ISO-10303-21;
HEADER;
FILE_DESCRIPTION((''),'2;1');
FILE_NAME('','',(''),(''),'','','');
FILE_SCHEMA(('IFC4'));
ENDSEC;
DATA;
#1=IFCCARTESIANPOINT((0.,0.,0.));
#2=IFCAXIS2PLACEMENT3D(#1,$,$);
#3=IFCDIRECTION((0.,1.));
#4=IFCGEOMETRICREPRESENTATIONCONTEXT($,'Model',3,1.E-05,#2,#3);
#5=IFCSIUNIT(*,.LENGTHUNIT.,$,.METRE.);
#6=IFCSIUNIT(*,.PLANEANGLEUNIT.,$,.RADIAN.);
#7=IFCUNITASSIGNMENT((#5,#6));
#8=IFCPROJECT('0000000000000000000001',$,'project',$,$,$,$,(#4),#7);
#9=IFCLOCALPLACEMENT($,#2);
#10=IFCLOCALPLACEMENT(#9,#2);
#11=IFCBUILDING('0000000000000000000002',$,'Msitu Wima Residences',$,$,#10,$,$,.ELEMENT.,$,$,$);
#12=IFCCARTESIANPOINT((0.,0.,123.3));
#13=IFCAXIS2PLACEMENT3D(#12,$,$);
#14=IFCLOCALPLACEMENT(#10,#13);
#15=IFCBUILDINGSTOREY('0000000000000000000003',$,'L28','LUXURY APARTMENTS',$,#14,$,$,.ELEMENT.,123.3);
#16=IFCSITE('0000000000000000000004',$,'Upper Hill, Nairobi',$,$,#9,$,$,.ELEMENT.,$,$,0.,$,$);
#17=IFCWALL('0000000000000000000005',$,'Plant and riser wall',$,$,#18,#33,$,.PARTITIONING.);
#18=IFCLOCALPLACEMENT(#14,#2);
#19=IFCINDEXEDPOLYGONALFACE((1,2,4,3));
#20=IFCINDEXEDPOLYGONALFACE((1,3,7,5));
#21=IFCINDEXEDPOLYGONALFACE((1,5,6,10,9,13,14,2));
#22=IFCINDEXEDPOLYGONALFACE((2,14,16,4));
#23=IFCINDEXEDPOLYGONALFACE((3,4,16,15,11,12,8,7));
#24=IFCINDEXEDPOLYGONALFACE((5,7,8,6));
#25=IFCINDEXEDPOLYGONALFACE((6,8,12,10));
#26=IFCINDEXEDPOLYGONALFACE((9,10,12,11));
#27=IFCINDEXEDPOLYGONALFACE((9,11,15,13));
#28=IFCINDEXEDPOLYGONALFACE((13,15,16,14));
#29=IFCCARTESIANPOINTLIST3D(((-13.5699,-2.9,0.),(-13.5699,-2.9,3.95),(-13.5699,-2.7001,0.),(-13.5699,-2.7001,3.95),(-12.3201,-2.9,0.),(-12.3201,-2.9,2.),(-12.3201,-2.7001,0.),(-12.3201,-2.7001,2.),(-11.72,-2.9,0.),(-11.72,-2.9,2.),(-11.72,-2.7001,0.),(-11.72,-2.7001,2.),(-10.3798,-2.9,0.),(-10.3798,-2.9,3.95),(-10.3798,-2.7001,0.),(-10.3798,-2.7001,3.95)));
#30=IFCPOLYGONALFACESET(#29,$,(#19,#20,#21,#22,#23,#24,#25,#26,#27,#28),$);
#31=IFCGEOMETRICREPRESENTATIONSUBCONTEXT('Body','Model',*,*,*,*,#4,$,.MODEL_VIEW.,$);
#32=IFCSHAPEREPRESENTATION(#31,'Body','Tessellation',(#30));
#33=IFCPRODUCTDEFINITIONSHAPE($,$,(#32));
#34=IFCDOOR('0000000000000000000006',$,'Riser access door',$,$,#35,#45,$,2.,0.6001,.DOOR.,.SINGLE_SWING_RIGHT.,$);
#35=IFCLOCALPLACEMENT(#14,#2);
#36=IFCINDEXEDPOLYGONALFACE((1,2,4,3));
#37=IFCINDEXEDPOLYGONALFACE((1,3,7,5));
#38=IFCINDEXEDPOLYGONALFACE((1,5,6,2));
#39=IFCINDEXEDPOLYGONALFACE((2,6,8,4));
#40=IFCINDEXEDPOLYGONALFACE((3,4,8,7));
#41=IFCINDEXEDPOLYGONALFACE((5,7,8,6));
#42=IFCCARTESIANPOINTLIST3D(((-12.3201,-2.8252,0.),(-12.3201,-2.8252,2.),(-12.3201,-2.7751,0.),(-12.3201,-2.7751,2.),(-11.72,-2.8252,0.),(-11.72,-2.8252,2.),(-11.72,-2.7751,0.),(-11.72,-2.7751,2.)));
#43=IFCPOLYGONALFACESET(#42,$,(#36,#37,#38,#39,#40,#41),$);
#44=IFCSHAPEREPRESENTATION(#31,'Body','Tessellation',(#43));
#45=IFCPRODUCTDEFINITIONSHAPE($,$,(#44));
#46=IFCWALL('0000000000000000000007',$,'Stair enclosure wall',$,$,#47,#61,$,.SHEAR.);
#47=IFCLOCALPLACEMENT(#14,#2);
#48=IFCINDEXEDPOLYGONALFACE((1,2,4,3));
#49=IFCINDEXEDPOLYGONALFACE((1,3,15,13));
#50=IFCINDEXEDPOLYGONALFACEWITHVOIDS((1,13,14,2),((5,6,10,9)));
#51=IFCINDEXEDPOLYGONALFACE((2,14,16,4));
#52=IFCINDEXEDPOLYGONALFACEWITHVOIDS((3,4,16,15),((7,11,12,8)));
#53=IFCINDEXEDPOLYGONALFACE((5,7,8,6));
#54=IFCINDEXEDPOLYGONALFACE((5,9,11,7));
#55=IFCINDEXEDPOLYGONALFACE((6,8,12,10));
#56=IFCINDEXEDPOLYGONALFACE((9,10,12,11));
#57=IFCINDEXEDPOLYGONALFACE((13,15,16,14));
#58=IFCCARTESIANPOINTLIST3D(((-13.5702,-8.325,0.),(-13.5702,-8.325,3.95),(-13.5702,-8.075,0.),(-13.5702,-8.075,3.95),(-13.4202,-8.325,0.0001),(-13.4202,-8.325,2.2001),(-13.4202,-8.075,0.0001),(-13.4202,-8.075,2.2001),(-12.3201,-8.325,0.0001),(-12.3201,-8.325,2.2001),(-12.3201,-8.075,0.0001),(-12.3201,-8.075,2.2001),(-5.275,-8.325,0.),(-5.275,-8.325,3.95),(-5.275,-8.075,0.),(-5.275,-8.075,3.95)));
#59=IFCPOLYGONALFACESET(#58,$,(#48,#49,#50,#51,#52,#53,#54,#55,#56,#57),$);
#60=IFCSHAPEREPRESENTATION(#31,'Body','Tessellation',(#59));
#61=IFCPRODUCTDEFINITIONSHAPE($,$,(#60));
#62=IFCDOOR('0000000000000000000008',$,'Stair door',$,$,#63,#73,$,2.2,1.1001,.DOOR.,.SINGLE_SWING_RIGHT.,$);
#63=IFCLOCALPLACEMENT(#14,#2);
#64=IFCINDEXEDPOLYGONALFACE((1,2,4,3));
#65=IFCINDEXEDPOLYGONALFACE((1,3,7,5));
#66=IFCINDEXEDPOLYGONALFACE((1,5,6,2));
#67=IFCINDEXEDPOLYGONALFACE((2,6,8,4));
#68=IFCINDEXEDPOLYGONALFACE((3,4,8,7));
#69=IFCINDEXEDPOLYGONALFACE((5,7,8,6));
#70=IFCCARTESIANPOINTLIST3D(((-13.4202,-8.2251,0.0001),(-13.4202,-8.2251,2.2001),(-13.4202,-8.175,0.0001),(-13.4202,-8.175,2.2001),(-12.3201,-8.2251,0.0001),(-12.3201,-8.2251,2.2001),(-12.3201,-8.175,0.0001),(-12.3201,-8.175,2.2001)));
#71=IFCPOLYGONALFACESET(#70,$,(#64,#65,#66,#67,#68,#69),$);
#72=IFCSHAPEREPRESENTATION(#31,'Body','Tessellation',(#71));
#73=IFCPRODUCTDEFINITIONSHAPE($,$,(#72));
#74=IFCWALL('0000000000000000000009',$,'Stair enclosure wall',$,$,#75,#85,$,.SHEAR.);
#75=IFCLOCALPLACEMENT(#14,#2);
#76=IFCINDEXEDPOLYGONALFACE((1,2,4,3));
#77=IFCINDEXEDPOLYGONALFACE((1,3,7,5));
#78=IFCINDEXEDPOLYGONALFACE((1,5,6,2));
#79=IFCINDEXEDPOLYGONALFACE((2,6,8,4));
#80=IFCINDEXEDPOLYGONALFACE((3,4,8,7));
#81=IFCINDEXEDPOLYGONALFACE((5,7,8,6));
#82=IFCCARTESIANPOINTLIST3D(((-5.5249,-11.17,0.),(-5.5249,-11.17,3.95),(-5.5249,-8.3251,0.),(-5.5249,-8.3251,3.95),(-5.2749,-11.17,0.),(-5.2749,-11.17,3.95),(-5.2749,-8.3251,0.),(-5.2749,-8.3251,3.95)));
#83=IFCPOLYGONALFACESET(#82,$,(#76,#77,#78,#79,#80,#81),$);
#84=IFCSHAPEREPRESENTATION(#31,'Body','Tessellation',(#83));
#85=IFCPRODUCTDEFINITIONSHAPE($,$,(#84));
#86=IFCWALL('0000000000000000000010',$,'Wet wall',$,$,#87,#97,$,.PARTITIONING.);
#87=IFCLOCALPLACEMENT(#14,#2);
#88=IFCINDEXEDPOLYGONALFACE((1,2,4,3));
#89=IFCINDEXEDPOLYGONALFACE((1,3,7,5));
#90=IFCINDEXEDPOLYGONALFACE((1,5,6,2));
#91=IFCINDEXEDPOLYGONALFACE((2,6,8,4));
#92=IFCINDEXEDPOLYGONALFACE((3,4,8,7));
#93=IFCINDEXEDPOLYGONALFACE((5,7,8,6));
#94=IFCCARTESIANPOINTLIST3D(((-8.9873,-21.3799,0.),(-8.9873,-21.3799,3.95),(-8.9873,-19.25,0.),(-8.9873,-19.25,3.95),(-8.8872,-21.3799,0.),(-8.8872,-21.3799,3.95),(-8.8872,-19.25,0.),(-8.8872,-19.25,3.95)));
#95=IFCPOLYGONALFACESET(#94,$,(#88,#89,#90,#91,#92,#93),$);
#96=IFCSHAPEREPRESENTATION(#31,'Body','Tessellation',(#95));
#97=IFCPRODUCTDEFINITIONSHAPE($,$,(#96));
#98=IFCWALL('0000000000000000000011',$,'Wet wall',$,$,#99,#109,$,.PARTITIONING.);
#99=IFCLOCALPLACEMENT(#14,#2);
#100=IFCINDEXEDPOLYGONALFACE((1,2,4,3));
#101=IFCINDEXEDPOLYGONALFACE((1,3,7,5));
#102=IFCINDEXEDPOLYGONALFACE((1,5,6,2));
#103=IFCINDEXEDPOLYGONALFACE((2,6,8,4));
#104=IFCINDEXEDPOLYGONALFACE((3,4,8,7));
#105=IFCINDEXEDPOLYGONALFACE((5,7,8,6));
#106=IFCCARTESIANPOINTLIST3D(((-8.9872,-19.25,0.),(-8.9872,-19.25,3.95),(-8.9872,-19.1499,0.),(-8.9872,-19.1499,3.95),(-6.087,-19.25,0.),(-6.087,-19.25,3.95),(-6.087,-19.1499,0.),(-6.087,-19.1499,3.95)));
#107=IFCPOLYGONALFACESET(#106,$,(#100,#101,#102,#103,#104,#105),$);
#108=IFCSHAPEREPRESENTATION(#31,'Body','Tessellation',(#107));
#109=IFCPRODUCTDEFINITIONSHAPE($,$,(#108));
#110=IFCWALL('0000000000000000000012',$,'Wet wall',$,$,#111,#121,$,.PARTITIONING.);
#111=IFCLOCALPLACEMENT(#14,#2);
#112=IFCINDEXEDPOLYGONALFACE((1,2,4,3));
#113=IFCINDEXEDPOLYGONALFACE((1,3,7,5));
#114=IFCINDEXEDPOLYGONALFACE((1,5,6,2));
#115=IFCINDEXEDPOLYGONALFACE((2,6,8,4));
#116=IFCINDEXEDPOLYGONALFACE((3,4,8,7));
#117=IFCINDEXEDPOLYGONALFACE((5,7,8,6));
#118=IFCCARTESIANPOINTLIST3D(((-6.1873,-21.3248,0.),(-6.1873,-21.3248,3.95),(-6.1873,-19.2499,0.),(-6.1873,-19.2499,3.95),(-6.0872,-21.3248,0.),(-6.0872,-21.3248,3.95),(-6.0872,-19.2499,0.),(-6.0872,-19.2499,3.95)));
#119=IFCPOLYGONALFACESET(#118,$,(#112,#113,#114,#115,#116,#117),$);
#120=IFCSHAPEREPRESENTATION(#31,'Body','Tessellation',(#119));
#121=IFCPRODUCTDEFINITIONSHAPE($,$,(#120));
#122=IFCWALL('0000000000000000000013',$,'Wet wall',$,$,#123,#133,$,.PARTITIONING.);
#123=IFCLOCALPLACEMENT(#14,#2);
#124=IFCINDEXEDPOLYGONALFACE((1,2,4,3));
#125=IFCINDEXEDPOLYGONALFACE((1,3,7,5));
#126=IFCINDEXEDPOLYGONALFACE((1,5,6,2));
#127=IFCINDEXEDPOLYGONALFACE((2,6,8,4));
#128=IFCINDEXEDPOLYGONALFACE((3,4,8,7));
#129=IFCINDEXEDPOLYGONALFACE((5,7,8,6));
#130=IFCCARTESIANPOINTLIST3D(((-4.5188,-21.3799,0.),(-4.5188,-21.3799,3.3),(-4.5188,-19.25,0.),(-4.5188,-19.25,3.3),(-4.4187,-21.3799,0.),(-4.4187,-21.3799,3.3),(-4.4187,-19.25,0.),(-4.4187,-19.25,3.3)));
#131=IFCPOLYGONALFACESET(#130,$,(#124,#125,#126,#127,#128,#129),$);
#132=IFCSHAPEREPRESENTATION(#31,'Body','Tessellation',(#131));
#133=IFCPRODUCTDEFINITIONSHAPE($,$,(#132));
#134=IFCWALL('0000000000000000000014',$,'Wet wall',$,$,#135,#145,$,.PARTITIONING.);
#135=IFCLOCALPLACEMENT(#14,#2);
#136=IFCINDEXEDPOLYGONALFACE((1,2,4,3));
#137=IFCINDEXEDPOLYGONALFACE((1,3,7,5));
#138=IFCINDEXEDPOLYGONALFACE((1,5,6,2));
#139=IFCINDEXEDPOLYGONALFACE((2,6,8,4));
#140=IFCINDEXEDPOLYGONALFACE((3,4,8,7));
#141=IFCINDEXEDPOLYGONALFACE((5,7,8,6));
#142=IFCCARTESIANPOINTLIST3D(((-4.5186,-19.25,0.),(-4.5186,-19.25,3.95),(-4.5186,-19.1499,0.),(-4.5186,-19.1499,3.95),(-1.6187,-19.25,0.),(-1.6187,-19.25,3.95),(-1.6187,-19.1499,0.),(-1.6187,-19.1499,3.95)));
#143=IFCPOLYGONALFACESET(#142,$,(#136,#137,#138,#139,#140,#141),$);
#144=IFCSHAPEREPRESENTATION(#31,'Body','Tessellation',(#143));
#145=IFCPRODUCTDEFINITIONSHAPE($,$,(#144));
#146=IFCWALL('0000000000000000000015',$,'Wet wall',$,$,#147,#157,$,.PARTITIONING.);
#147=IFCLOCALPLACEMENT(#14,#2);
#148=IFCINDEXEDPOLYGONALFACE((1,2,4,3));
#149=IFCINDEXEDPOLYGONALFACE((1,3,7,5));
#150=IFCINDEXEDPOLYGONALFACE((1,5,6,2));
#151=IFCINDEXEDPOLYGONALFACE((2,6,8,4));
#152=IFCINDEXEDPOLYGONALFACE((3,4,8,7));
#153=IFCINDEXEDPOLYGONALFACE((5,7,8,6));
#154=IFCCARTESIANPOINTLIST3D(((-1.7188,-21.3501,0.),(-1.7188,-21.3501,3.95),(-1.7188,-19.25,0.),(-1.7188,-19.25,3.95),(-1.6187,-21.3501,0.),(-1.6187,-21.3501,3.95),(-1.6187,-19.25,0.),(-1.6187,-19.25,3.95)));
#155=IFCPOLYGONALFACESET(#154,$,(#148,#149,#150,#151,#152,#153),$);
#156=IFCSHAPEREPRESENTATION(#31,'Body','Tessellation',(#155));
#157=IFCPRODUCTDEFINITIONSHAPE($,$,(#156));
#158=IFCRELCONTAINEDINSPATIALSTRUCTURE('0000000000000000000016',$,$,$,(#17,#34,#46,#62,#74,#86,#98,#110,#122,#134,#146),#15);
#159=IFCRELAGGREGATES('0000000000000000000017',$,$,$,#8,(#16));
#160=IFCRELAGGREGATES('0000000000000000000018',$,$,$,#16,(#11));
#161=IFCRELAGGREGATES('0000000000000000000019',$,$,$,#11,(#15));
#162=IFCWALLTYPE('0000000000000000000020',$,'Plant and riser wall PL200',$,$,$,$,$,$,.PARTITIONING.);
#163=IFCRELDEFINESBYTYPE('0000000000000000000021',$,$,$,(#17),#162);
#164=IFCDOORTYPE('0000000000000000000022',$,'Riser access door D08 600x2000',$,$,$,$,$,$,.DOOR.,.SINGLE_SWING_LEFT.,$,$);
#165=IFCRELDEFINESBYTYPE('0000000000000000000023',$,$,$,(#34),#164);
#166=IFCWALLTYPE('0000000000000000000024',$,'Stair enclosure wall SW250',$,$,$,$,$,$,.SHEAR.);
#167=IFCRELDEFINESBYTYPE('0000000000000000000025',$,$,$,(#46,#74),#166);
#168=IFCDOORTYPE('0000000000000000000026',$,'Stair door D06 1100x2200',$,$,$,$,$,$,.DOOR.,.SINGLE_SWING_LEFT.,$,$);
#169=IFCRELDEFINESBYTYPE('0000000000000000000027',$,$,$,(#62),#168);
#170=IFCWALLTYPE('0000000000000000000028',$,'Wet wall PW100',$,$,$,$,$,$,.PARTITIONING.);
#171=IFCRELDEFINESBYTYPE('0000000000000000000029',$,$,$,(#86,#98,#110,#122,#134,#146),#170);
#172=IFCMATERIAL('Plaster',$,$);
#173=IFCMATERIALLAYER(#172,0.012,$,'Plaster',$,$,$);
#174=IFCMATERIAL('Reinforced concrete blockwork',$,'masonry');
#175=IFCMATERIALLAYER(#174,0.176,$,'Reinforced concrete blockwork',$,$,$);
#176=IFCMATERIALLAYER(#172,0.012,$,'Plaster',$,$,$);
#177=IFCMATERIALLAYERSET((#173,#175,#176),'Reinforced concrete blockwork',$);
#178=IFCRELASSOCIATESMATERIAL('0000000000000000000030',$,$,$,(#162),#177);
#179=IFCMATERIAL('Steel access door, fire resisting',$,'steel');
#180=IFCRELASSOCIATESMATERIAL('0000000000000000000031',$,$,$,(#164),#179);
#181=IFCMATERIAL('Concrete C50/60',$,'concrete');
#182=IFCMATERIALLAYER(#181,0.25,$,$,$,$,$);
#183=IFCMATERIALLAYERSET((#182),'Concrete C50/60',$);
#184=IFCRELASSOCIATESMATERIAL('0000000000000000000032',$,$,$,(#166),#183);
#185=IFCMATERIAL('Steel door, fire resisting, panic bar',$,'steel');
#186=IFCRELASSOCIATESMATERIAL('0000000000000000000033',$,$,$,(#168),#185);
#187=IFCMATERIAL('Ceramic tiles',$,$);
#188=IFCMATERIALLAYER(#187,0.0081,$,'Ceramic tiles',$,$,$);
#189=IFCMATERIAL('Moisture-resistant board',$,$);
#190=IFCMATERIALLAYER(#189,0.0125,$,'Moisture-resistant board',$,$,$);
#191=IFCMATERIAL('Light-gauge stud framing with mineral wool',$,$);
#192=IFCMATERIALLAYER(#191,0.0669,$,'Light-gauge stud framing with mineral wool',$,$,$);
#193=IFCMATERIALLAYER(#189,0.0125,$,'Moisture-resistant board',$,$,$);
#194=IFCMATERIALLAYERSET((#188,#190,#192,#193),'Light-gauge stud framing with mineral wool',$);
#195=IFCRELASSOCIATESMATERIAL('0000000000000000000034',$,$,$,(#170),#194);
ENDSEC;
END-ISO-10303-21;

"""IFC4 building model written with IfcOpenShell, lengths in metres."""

from ifc_helpers import new_model, si_unit, direction, frame, frame_2d, origin, place, context, subcontext, project, spatial, rectangle, extrude, material, layer, layer_set, type_object, element, fill, save


model = new_model("IFC4")

# Units and contexts
model_context = context("Model", 3, precision=1e-05, world=origin(), true_north=direction((0.0, 1.0)))
body_context = subcontext(model_context, "Body", "Model", "MODEL_VIEW")
ifc_project = project(units=[si_unit("LENGTHUNIT", "METRE"), si_unit("PLANEANGLEUNIT", "RADIAN")], contexts=[model_context])

# Site, building, storey
site_placement = place(None, origin())
site = spatial("IfcSite", under=ifc_project, at=site_placement, Name="Upper Hill, Nairobi", CompositionType="ELEMENT", RefElevation=0.0)
building_placement = place(site_placement, origin())
building = spatial("IfcBuilding", under=site, at=building_placement, Name="Msitu Wima Residences", CompositionType="ELEMENT")
storey_placement = place(building_placement, frame((0.0, 0.0, 123.3)))
storey = spatial("IfcBuildingStorey", under=building, at=storey_placement, Name="L28", Description="LUXURY APARTMENTS", CompositionType="ELEMENT", Elevation=123.3)

# Shared definitions
ifc_material_1 = material(Name="Plaster")

# Walls, openings, doors
ifc_layer_1 = layer(ifc_material_1, 0.012, Name="Plaster")
ifc_material_2 = material(Name="Reinforced concrete blockwork", Category="masonry")
ifc_layer_2 = layer(ifc_material_2, 0.176, Name="Reinforced concrete blockwork")
ifc_layer_3 = layer(ifc_material_1, 0.012, Name="Plaster")
ifc_layer_set_1 = layer_set([ifc_layer_1, ifc_layer_2, ifc_layer_3], Name="Reinforced concrete blockwork")
wall_type_1 = type_object("IfcWallType", Name="Plant and riser wall PL200", PredefinedType="PARTITIONING", material=ifc_layer_set_1)
wall_1_placement = place(storey_placement, frame((-13.5701, -2.8, 0.0), z_axis=(0.0, 0.0, 1.0), x_axis=(1.0, 0.0, 0.0)))
wall_1 = element("IfcWall", 1, at=wall_1_placement, inside=storey, type_object=wall_type_1, Name="Plant and riser wall", PredefinedType="PARTITIONING", context=body_context, shape_type="SweptSolid", body=[
    extrude(rectangle(XDim=3.1902, YDim=0.2, at=frame_2d((1.5952, 0.0))), origin(), (0.0, 0.0, 1.0), 3.95),
])
opening_1_placement = place(wall_1_placement, frame((1.25, 0.0, 0.0)))
opening_1 = element("IfcOpeningElement", 2, at=opening_1_placement, cuts=wall_1, PredefinedType="OPENING", context=body_context, shape_type="SweptSolid", body=[
    extrude(rectangle(XDim=0.6001, YDim=2.0, at=frame_2d((0.3, 1.0))), frame((0.0, 0.1099, 0.0), z_axis=(0.0, -1.0, 0.0), x_axis=(1.0, 0.0, 0.0)), (0.0, 0.0, 1.0), 0.22),
])
ifc_material_3 = material(Name="Steel access door, fire resisting", Category="steel")
door_type_1 = type_object("IfcDoorType", Name="Riser access door D08 600x2000", OperationType="SINGLE_SWING_LEFT", PredefinedType="DOOR", material=ifc_material_3)
door_1_placement = place(opening_1_placement, origin())
door_1 = element("IfcDoor", 3, at=door_1_placement, inside=storey, type_object=door_type_1, Name="Riser access door", OperationType="SINGLE_SWING_RIGHT", OverallHeight=2.0, OverallWidth=0.6001, PredefinedType="DOOR", context=body_context, shape_type="SweptSolid", body=[
    extrude(rectangle(XDim=0.6001, YDim=2.0, at=frame_2d((0.3, 1.0))), frame((0.0, 0.0249, 0.0), z_axis=(0.0, -1.0, 0.0), x_axis=(1.0, 0.0, 0.0)), (0.0, 0.0, 1.0), 0.05),
])
fill(opening_1, door_1)
ifc_material_4 = material(Name="Concrete C50/60", Category="concrete")
ifc_layer_4 = layer(ifc_material_4, 0.25)
ifc_layer_set_2 = layer_set([ifc_layer_4], Name="Concrete C50/60")
wall_type_2 = type_object("IfcWallType", Name="Stair enclosure wall SW250", PredefinedType="SHEAR", material=ifc_layer_set_2)
wall_2_placement = place(storey_placement, frame((-13.5701, -8.2, 0.0), z_axis=(0.0, 0.0, 1.0), x_axis=(1.0, 0.0, 0.0)))
wall_2 = element("IfcWall", 4, at=wall_2_placement, inside=storey, type_object=wall_type_2, Name="Stair enclosure wall", PredefinedType="SHEAR", context=body_context, shape_type="SweptSolid", body=[
    extrude(rectangle(XDim=8.2952, YDim=0.25, at=frame_2d((4.1475, 0.0))), origin(), (0.0, 0.0, 1.0), 3.95),
])
opening_2_placement = place(wall_2_placement, frame((0.1499, 0.0, 0.0)))
opening_2 = element("IfcOpeningElement", 5, at=opening_2_placement, cuts=wall_2, PredefinedType="OPENING", context=body_context, shape_type="SweptSolid", body=[
    extrude(rectangle(XDim=1.1001, YDim=2.2, at=frame_2d((0.55, 1.1001))), frame((0.0, 0.135, 0.0), z_axis=(0.0, -1.0, 0.0), x_axis=(1.0, 0.0, 0.0)), (0.0, 0.0, 1.0), 0.27),
])
ifc_material_5 = material(Name="Steel door, fire resisting, panic bar", Category="steel")
door_type_2 = type_object("IfcDoorType", Name="Stair door D06 1100x2200", OperationType="SINGLE_SWING_LEFT", PredefinedType="DOOR", material=ifc_material_5)
door_2_placement = place(opening_2_placement, origin())
door_2 = element("IfcDoor", 6, at=door_2_placement, inside=storey, type_object=door_type_2, Name="Stair door", OperationType="SINGLE_SWING_RIGHT", OverallHeight=2.2, OverallWidth=1.1001, PredefinedType="DOOR", context=body_context, shape_type="SweptSolid", body=[
    extrude(rectangle(XDim=1.1001, YDim=2.2, at=frame_2d((0.55, 1.1001))), frame((0.0, 0.0249, 0.0), z_axis=(0.0, -1.0, 0.0), x_axis=(1.0, 0.0, 0.0)), (0.0, 0.0, 1.0), 0.05),
])
fill(opening_2, door_2)

# Walls
wall_3_placement = place(storey_placement, frame((-5.3999, -11.1699, 0.0), z_axis=(0.0, 0.0, 1.0), x_axis=(0.0, 1.0, 0.0)))
element("IfcWall", 7, at=wall_3_placement, inside=storey, type_object=wall_type_2, Name="Stair enclosure wall", PredefinedType="SHEAR", context=body_context, shape_type="SweptSolid", body=[
    extrude(rectangle(XDim=2.845, YDim=0.25, at=frame_2d((1.4224, 0.0))), origin(), (0.0, 0.0, 1.0), 3.95),
])
ifc_material_6 = material(Name="Ceramic tiles")
ifc_layer_5 = layer(ifc_material_6, 0.0081, Name="Ceramic tiles")
ifc_material_7 = material(Name="Moisture-resistant board")
ifc_layer_6 = layer(ifc_material_7, 0.0125, Name="Moisture-resistant board")
ifc_material_8 = material(Name="Light-gauge stud framing with mineral wool")
ifc_layer_7 = layer(ifc_material_8, 0.0669, Name="Light-gauge stud framing with mineral wool")
ifc_layer_8 = layer(ifc_material_7, 0.0125, Name="Moisture-resistant board")
ifc_layer_set_3 = layer_set([ifc_layer_5, ifc_layer_6, ifc_layer_7, ifc_layer_8], Name="Light-gauge stud framing with mineral wool")
wall_type_3 = type_object("IfcWallType", Name="Wet wall PW100", PredefinedType="PARTITIONING", material=ifc_layer_set_3)
wall_4_placement = place(storey_placement, frame((-8.9373, -21.3799, 0.0), z_axis=(0.0, 0.0, 1.0), x_axis=(0.0, 1.0, 0.0)))
element("IfcWall", 8, at=wall_4_placement, inside=storey, type_object=wall_type_3, Name="Wet wall", PredefinedType="PARTITIONING", context=body_context, shape_type="SweptSolid", body=[
    extrude(rectangle(XDim=2.1299, YDim=0.1001, at=frame_2d((1.0649, 0.0))), origin(), (0.0, 0.0, 1.0), 3.95),
])
wall_5_placement = place(storey_placement, frame((-8.9873, -19.2, 0.0), z_axis=(0.0, 0.0, 1.0), x_axis=(1.0, 0.0, 0.0)))
element("IfcWall", 9, at=wall_5_placement, inside=storey, type_object=wall_type_3, Name="Wet wall", PredefinedType="PARTITIONING", context=body_context, shape_type="SweptSolid", body=[
    extrude(rectangle(XDim=2.9001, YDim=0.1001, at=frame_2d((1.4502, 0.0))), origin(), (0.0, 0.0, 1.0), 3.95),
])
wall_6_placement = place(storey_placement, frame((-6.1372, -21.325, 0.0), z_axis=(0.0, 0.0, 1.0), x_axis=(0.0, 1.0, 0.0)))
element("IfcWall", 10, at=wall_6_placement, inside=storey, type_object=wall_type_3, Name="Wet wall", PredefinedType="PARTITIONING", context=body_context, shape_type="SweptSolid", body=[
    extrude(rectangle(XDim=2.075, YDim=0.1001, at=frame_2d((1.0376, 0.0))), origin(), (0.0, 0.0, 1.0), 3.95),
])
wall_7_placement = place(storey_placement, frame((-4.4688, -21.3799, 0.0), z_axis=(0.0, 0.0, 1.0), x_axis=(0.0, 1.0, 0.0)))
element("IfcWall", 11, at=wall_7_placement, inside=storey, type_object=wall_type_3, Name="Wet wall", PredefinedType="PARTITIONING", context=body_context, shape_type="SweptSolid", body=[
    extrude(rectangle(XDim=2.1299, YDim=0.1001, at=frame_2d((1.0649, 0.0))), origin(), (0.0, 0.0, 1.0), 3.3),
])
wall_8_placement = place(storey_placement, frame((-4.5186, -19.2, 0.0), z_axis=(0.0, 0.0, 1.0), x_axis=(1.0, 0.0, 0.0)))
element("IfcWall", 12, at=wall_8_placement, inside=storey, type_object=wall_type_3, Name="Wet wall", PredefinedType="PARTITIONING", context=body_context, shape_type="SweptSolid", body=[
    extrude(rectangle(XDim=2.8999, YDim=0.1001, at=frame_2d((1.45, 0.0))), origin(), (0.0, 0.0, 1.0), 3.95),
])
wall_9_placement = place(storey_placement, frame((-1.6687, -21.3501, 0.0), z_axis=(0.0, 0.0, 1.0), x_axis=(0.0, 1.0, 0.0)))
element("IfcWall", 13, at=wall_9_placement, inside=storey, type_object=wall_type_3, Name="Wet wall", PredefinedType="PARTITIONING", context=body_context, shape_type="SweptSolid", body=[
    extrude(rectangle(XDim=2.1001, YDim=0.1001, at=frame_2d((1.05, 0.0))), origin(), (0.0, 0.0, 1.0), 3.95),
])

save(model, "model.ifc")
